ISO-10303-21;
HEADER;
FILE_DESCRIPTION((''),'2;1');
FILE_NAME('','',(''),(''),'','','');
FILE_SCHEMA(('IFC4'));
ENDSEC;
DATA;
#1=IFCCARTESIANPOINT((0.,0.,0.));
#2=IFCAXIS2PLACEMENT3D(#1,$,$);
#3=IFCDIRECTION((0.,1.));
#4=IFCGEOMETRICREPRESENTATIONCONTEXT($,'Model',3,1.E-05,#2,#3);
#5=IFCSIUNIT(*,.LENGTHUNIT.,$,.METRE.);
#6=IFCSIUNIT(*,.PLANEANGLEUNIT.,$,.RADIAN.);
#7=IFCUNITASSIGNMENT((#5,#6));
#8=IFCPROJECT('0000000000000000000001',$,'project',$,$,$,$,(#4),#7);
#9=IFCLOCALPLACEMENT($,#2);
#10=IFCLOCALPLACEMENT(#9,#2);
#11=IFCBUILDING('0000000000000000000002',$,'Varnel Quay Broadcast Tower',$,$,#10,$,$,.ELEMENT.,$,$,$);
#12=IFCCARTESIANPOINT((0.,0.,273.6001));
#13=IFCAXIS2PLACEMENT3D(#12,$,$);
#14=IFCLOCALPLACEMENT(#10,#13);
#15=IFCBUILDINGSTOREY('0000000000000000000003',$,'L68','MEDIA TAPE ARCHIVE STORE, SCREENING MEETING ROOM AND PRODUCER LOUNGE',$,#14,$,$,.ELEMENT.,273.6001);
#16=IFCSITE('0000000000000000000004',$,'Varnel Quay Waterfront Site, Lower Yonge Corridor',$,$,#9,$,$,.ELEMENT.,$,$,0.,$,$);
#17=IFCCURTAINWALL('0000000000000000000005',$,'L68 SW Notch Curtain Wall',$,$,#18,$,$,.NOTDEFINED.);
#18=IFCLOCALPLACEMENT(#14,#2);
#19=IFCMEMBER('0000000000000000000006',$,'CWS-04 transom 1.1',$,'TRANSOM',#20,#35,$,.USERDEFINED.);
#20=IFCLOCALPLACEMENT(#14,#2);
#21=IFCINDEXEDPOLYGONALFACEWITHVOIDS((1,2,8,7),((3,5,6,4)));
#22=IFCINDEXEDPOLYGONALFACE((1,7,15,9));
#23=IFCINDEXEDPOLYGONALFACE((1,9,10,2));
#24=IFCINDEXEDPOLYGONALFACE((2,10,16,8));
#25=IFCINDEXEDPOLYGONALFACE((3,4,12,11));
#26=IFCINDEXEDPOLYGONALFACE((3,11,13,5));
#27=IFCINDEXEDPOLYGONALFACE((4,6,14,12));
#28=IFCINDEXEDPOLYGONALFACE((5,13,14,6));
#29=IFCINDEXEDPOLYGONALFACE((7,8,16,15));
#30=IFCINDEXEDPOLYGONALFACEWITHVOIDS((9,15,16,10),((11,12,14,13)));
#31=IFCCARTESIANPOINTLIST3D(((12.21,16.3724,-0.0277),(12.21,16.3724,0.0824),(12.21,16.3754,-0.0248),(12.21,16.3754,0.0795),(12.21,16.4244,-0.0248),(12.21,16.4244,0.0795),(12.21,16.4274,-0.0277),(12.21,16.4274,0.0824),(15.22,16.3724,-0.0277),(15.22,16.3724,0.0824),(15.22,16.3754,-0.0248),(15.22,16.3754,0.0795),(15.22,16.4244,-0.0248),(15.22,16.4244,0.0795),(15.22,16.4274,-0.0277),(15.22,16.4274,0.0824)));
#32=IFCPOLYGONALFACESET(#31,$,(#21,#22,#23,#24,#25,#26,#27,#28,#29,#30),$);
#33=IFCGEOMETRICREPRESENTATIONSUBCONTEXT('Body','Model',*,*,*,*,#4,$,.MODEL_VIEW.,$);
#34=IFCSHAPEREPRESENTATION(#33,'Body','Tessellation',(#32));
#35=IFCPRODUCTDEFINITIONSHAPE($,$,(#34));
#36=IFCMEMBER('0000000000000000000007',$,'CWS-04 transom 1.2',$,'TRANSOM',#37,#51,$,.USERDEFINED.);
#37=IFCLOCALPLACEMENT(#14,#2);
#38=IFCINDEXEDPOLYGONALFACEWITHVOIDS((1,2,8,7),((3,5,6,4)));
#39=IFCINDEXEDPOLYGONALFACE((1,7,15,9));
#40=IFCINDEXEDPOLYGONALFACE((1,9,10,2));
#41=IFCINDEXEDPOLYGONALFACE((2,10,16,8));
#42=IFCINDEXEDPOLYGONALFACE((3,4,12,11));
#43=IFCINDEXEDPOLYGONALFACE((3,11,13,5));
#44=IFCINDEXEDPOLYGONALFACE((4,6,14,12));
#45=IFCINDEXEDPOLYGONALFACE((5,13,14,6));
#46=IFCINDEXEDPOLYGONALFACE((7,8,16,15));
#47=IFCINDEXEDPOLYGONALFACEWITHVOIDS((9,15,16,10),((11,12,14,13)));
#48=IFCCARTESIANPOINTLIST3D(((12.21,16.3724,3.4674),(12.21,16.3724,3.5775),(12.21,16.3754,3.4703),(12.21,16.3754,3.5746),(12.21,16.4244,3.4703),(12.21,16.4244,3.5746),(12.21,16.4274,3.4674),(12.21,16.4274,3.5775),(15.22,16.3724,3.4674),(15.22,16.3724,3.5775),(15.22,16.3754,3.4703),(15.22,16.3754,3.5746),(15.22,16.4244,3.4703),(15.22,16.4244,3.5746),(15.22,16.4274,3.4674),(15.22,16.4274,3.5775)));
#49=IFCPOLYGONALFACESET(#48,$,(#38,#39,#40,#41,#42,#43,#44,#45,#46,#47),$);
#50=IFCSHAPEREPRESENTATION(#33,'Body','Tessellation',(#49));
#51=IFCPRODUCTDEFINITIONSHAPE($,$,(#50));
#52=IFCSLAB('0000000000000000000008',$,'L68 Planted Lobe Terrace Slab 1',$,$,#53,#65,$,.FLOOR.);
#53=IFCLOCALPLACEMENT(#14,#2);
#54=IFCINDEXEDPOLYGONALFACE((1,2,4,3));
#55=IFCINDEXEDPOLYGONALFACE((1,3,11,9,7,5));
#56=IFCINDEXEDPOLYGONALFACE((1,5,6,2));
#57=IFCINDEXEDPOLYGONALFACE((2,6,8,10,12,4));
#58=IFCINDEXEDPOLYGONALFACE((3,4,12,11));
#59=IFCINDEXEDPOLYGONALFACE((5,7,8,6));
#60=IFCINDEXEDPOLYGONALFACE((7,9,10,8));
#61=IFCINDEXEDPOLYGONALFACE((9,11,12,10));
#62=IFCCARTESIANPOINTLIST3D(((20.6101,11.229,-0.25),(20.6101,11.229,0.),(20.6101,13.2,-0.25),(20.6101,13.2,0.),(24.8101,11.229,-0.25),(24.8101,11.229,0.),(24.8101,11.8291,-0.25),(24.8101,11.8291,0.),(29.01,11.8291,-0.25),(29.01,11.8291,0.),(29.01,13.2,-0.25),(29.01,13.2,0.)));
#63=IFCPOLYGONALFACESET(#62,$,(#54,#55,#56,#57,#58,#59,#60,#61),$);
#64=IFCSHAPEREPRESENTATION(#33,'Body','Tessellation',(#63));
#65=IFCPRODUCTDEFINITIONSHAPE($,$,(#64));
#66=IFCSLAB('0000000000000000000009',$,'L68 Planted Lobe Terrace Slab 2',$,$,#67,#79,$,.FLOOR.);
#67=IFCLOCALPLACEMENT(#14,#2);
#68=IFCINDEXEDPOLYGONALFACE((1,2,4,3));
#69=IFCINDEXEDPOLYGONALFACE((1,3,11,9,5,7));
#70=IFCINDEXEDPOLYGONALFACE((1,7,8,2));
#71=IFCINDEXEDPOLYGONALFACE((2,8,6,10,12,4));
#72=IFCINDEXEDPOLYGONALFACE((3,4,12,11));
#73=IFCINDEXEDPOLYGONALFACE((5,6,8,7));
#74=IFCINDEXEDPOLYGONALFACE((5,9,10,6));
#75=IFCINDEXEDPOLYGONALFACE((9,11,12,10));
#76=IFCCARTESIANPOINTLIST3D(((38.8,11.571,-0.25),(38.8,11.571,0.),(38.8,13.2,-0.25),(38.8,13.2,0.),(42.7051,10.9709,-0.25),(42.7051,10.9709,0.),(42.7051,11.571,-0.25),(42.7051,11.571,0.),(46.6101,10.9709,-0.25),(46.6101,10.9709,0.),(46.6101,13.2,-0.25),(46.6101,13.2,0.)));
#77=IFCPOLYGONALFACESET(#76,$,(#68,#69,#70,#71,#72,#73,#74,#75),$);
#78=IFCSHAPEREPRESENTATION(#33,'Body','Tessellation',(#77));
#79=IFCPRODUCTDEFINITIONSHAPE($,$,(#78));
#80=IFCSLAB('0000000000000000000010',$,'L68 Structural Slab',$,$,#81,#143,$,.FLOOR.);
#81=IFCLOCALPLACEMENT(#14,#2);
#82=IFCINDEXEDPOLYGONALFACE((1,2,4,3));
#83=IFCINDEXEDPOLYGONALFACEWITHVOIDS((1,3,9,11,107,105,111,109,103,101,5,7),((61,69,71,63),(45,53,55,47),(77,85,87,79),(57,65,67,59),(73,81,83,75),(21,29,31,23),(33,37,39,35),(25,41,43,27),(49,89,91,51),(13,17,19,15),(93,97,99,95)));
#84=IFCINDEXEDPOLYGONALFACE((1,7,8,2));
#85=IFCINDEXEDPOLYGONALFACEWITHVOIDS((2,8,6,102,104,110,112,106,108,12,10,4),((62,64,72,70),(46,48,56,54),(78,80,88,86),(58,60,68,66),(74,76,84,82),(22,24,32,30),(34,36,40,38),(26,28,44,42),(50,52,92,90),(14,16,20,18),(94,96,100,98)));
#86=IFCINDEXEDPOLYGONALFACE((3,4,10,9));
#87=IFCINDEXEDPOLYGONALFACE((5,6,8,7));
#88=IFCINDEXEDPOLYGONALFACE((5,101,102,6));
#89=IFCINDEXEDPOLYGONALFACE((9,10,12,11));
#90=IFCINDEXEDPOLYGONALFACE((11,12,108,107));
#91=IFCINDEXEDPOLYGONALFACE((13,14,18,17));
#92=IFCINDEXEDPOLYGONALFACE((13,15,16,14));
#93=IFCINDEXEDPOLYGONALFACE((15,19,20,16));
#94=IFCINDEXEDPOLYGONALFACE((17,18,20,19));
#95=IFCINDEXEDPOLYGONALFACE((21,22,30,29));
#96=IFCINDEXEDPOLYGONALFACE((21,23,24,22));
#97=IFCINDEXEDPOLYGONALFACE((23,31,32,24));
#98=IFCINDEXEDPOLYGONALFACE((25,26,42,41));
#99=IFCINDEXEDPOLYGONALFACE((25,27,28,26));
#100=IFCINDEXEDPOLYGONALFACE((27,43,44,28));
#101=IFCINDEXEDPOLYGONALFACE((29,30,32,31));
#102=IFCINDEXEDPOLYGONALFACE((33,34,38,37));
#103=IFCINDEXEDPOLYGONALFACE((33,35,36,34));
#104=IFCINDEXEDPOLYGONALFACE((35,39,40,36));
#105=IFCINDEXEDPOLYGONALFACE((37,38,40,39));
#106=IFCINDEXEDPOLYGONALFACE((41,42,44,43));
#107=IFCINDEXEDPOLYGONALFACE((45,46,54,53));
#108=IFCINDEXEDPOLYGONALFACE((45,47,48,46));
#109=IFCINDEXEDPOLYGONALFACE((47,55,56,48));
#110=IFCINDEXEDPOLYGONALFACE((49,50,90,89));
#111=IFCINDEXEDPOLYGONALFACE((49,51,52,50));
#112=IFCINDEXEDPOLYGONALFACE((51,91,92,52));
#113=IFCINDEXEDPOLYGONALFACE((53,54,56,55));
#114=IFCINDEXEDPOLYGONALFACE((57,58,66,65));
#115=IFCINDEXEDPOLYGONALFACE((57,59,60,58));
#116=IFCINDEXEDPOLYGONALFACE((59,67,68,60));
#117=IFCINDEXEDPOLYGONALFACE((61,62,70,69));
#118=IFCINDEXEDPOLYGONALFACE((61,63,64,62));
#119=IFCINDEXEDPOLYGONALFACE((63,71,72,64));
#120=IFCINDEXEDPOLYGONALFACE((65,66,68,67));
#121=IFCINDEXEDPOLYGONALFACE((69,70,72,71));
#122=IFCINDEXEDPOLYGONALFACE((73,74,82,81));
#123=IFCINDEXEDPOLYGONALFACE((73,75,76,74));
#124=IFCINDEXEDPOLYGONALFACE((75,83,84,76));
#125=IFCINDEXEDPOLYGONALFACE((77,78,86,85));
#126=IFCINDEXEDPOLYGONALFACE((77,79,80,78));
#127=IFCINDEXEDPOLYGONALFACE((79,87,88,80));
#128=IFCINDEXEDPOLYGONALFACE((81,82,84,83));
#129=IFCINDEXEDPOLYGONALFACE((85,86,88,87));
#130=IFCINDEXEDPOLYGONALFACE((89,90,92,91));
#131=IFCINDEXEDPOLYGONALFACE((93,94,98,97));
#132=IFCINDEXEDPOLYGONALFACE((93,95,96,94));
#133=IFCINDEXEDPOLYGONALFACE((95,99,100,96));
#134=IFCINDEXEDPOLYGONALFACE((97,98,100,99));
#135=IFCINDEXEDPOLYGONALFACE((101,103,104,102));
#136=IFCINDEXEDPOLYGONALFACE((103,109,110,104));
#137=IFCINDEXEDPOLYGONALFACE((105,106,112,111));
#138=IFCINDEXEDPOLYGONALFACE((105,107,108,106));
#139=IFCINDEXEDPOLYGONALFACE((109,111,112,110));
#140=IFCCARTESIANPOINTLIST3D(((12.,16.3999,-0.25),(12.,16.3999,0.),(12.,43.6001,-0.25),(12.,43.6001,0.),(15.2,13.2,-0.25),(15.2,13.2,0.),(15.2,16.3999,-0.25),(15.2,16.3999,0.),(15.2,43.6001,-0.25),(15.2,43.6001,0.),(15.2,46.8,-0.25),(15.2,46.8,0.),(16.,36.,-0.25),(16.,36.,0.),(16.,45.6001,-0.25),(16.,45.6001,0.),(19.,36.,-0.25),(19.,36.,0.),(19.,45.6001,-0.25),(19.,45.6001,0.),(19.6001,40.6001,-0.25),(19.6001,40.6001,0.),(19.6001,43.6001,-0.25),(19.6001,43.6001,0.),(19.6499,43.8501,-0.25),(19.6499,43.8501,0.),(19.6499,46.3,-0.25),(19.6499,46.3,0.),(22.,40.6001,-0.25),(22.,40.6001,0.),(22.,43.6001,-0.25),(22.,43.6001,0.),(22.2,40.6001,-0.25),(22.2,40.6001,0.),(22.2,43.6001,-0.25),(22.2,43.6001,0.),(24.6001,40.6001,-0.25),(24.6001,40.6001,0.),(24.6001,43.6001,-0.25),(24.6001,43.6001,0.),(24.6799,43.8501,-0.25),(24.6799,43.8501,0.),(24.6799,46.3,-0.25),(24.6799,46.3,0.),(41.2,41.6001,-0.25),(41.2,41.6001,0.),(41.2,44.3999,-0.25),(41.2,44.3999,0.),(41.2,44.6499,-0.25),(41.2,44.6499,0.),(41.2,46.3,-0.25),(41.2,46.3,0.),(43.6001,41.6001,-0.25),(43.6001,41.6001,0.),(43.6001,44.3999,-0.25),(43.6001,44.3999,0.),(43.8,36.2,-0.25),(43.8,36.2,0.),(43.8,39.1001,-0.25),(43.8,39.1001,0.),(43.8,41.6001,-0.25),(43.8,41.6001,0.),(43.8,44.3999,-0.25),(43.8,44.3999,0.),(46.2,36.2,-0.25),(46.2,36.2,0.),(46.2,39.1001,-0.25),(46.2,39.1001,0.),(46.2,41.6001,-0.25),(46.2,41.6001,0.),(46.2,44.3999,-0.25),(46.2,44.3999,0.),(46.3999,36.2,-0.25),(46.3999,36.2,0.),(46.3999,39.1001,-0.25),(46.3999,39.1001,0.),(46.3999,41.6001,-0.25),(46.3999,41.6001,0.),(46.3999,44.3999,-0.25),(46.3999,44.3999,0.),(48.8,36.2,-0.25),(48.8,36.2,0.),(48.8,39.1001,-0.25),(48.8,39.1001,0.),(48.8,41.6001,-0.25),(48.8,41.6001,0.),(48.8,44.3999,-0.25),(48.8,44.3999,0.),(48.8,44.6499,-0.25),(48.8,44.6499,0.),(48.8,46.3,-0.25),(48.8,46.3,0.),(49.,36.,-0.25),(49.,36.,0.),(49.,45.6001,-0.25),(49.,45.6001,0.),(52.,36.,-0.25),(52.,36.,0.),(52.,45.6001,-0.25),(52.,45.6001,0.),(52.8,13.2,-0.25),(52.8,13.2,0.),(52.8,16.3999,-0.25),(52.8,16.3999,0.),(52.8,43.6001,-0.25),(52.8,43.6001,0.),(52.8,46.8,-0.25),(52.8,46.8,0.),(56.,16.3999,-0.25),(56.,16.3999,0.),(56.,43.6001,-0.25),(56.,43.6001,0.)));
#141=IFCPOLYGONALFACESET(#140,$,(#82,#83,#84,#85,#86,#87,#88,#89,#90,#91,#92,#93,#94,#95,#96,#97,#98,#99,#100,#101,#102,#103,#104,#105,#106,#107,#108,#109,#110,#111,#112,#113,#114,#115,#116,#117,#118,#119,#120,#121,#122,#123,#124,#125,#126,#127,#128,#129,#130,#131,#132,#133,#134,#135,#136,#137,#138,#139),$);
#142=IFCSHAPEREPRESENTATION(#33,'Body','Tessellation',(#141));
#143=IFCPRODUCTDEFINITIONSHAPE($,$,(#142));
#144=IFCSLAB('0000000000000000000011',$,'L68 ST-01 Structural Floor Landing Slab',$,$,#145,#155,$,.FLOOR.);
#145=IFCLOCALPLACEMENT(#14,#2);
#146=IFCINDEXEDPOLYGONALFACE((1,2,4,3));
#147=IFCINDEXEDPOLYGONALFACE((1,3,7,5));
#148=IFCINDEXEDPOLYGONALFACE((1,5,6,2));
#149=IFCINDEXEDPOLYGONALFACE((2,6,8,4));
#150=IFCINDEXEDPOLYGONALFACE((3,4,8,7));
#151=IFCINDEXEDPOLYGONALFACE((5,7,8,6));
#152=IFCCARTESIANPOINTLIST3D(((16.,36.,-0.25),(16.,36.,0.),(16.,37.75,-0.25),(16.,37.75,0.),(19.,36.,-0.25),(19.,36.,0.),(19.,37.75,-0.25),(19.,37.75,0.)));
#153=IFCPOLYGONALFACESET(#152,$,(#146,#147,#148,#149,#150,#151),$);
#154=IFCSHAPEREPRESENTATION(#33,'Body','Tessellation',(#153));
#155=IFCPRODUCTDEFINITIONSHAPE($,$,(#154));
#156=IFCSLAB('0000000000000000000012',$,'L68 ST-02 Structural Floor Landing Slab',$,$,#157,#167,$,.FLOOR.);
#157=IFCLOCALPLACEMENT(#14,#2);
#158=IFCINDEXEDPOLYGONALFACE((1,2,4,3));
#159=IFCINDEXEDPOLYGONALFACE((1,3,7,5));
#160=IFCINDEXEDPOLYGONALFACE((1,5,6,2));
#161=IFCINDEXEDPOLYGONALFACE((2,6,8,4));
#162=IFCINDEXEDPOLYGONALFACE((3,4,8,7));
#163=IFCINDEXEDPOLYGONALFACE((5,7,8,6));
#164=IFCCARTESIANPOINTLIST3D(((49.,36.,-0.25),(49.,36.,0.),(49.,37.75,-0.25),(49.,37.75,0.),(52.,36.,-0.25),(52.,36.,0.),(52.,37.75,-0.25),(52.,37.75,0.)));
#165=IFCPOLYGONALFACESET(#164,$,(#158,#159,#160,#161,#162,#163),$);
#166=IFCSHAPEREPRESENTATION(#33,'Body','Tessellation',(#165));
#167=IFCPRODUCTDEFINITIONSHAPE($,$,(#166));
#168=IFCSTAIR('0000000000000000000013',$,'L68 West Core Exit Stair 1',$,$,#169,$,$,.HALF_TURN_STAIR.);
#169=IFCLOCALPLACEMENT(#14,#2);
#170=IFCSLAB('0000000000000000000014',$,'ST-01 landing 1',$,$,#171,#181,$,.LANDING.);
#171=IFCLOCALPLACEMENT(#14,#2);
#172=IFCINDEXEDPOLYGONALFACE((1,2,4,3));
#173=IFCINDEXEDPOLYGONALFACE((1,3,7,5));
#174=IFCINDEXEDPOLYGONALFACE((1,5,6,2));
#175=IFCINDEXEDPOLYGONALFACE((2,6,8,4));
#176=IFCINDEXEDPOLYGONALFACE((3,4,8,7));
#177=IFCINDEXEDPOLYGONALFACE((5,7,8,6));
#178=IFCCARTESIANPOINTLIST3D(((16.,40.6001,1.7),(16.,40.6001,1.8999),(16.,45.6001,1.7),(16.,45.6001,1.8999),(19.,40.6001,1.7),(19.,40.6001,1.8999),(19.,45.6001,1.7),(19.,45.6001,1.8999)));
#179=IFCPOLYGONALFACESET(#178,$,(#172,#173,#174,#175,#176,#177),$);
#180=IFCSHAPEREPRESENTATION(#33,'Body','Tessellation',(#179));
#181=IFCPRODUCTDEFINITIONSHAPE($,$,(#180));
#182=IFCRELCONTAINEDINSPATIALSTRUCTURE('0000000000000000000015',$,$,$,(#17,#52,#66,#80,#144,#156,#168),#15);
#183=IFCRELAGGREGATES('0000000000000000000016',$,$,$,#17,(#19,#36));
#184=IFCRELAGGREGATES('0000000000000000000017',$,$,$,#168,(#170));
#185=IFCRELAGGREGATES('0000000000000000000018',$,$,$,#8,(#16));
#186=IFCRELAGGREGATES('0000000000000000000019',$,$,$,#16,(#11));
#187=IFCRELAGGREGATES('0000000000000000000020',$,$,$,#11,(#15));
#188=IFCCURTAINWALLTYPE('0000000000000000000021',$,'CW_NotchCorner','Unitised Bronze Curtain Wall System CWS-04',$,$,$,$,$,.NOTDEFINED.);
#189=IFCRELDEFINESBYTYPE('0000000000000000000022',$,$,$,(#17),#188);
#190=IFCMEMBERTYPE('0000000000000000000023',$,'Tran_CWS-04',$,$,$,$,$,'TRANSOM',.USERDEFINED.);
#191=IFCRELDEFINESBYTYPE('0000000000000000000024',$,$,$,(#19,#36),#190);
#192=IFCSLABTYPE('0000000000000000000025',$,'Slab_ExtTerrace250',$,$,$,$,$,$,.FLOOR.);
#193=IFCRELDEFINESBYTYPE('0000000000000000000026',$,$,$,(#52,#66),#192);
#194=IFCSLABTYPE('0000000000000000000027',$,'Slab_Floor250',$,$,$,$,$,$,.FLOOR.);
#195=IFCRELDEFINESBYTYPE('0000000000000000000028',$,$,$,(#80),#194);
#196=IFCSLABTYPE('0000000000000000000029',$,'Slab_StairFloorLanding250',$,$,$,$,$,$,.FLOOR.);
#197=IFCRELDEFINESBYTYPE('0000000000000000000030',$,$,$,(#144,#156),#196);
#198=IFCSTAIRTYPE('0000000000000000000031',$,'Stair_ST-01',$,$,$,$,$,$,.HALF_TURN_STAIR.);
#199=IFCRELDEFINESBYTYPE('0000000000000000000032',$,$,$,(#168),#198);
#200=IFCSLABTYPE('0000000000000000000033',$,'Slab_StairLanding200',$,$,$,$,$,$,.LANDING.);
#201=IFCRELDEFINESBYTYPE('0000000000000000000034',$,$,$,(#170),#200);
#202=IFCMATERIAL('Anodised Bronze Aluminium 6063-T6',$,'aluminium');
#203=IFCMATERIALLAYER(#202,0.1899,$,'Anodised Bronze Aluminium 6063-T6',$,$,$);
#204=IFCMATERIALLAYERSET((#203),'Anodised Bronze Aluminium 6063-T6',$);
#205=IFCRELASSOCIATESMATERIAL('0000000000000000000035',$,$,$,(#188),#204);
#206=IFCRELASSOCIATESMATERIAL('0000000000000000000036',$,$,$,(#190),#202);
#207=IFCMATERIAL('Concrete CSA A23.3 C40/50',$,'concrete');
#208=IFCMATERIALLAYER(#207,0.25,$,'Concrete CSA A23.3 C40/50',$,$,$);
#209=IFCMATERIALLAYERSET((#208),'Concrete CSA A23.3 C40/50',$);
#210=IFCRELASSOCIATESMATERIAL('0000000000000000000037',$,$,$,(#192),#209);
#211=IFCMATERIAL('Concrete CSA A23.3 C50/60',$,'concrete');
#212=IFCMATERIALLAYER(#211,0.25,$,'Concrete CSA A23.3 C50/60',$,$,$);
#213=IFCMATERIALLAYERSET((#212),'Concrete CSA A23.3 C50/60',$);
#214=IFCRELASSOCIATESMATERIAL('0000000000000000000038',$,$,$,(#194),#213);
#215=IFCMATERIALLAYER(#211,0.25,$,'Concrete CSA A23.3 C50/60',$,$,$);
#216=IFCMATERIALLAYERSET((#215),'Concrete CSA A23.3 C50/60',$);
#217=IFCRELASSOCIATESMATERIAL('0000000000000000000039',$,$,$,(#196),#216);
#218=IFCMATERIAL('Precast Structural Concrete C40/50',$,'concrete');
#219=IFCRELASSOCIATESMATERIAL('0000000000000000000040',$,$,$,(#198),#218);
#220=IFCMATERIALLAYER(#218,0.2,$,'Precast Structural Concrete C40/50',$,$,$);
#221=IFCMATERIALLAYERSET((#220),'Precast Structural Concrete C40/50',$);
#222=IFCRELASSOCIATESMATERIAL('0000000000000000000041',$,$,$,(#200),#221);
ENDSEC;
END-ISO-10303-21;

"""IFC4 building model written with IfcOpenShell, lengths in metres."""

from ifc_helpers import new_model, si_unit, direction, frame, origin, origin_2d, place, context, subcontext, project, spatial, polyline, hollow_rectangle, outline, extrude, source, transform, mapped, material, layer, layer_set, material_profile, profile_set, type_object, type_shapes, element, aggregate, save


model = new_model("IFC4")

# Units and contexts
model_context = context("Model", 3, precision=1e-05, world=origin(), true_north=direction((0.0, 1.0)))
body_context = subcontext(model_context, "Body", "Model", "MODEL_VIEW")
ifc_project = project(units=[si_unit("LENGTHUNIT", "METRE"), si_unit("PLANEANGLEUNIT", "RADIAN")], contexts=[model_context])

# Site, building, storey
site_placement = place(None, origin())
site = spatial("IfcSite", under=ifc_project, at=site_placement, Name="Varnel Quay Waterfront Site, Lower Yonge Corridor", CompositionType="ELEMENT", RefElevation=0.0)
building_placement = place(site_placement, origin())
building = spatial("IfcBuilding", under=site, at=building_placement, Name="Varnel Quay Broadcast Tower", CompositionType="ELEMENT")
storey_placement = place(building_placement, frame((0.0, 0.0, 273.6001)))
storey = spatial("IfcBuildingStorey", under=building, at=storey_placement, Name="L68", Description="MEDIA TAPE ARCHIVE STORE, SCREENING MEETING ROOM AND PRODUCER LOUNGE", CompositionType="ELEMENT", Elevation=273.6001)

# Curtain wall
ifc_material_1 = material(Name="Anodised Bronze Aluminium 6063-T6", Category="aluminium")
ifc_layer_1 = layer(ifc_material_1, 0.1899, Name="Anodised Bronze Aluminium 6063-T6")
ifc_layer_set_1 = layer_set([ifc_layer_1], Name="Anodised Bronze Aluminium 6063-T6")
curtain_wall_type_1 = type_object("IfcCurtainWallType", Name="CW_NotchCorner", Description="Unitised Bronze Curtain Wall System CWS-04", PredefinedType="NOTDEFINED", material=ifc_layer_set_1)
curtain_wall_1_placement = place(storey_placement, origin())
curtain_wall_1 = element("IfcCurtainWall", 1, at=curtain_wall_1_placement, inside=storey, type_object=curtain_wall_type_1, Name="L68 SW Notch Curtain Wall", PredefinedType="NOTDEFINED")

# Members
ifc_material_profile_1 = material_profile(ifc_material_1, hollow_rectangle(XDim=0.0549, YDim=0.1101, WallThickness=0.0029, at=origin_2d()), Name="ALU55X110X3")
ifc_profile_set_1 = profile_set([ifc_material_profile_1], Name="Anodised Bronze Aluminium 6063-T6")
member_type_1 = type_object("IfcMemberType", Name="Tran_CWS-04", ElementType="TRANSOM", PredefinedType="USERDEFINED", material=ifc_profile_set_1)
shared_shape_1 = source(origin(), body_context, "Body", "SweptSolid", [
    extrude(hollow_rectangle(XDim=0.0549, YDim=0.1101, WallThickness=0.0029, at=origin_2d()), origin(), (0.0, 0.0, 1.0), 3.01),
])
type_shapes(member_type_1, [shared_shape_1])
member_1_placement = place(storey_placement, frame((12.21, 16.3999, 0.0273), z_axis=(1.0, 0.0, 0.0), x_axis=(0.0, 1.0, 0.0)))
member_1 = element("IfcMember", 2, at=member_1_placement, type_object=member_type_1, Name="CWS-04 transom 1.1", ObjectType="TRANSOM", PredefinedType="USERDEFINED", context=body_context, shape_type="MappedRepresentation", body=[
    mapped(shared_shape_1, transform((0.0, 0.0, 0.0), x_axis=(1.0, 0.0, 0.0), y_axis=(0.0, 1.0, 0.0), z_axis=(0.0, 0.0, 1.0), scale=1.0)),
])
member_2_placement = place(storey_placement, frame((12.21, 16.3999, 3.5225), z_axis=(1.0, 0.0, 0.0), x_axis=(0.0, 1.0, 0.0)))
member_2 = element("IfcMember", 3, at=member_2_placement, type_object=member_type_1, Name="CWS-04 transom 1.2", ObjectType="TRANSOM", PredefinedType="USERDEFINED", context=body_context, shape_type="MappedRepresentation", body=[
    mapped(shared_shape_1, transform((0.0, 0.0, 0.0), x_axis=(1.0, 0.0, 0.0), y_axis=(0.0, 1.0, 0.0), z_axis=(0.0, 0.0, 1.0), scale=1.0)),
])
aggregate(curtain_wall_1, [member_1, member_2])

# Slabs
ifc_material_2 = material(Name="Concrete CSA A23.3 C40/50", Category="concrete")
ifc_layer_2 = layer(ifc_material_2, 0.25, Name="Concrete CSA A23.3 C40/50")
ifc_layer_set_2 = layer_set([ifc_layer_2], Name="Concrete CSA A23.3 C40/50")
slab_type_1 = type_object("IfcSlabType", Name="Slab_ExtTerrace250", PredefinedType="FLOOR", material=ifc_layer_set_2)
slab_1_placement = place(storey_placement, frame((0.0, 0.0, -0.25)))
element("IfcSlab", 4, at=slab_1_placement, inside=storey, type_object=slab_type_1, Name="L68 Planted Lobe Terrace Slab 1", PredefinedType="FLOOR", context=body_context, shape_type="SweptSolid", body=[
    extrude(outline(polyline([(20.6101, 11.229), (24.8101, 11.229), (24.8101, 11.8291), (29.01, 11.8291), (29.01, 13.2), (20.6101, 13.2), (20.6101, 11.229)])), origin(), (0.0, 0.0, 1.0), 0.25),
])
slab_2_placement = place(storey_placement, frame((0.0, 0.0, -0.25)))
element("IfcSlab", 5, at=slab_2_placement, inside=storey, type_object=slab_type_1, Name="L68 Planted Lobe Terrace Slab 2", PredefinedType="FLOOR", context=body_context, shape_type="SweptSolid", body=[
    extrude(outline(polyline([(38.8, 11.571), (42.7051, 11.571), (42.7051, 10.9709), (46.6101, 10.9709), (46.6101, 13.2), (38.8, 13.2), (38.8, 11.571)])), origin(), (0.0, 0.0, 1.0), 0.25),
])
ifc_material_3 = material(Name="Concrete CSA A23.3 C50/60", Category="concrete")
ifc_layer_3 = layer(ifc_material_3, 0.25, Name="Concrete CSA A23.3 C50/60")
ifc_layer_set_3 = layer_set([ifc_layer_3], Name="Concrete CSA A23.3 C50/60")
slab_type_2 = type_object("IfcSlabType", Name="Slab_Floor250", PredefinedType="FLOOR", material=ifc_layer_set_3)
slab_3_placement = place(storey_placement, frame((0.0, 0.0, -0.25)))
element("IfcSlab", 6, at=slab_3_placement, inside=storey, type_object=slab_type_2, Name="L68 Structural Slab", PredefinedType="FLOOR", context=body_context, shape_type="SweptSolid", body=[
    extrude(outline(polyline([(15.2, 13.2), (52.8, 13.2), (52.8, 16.3999), (56.0, 16.3999), (56.0, 43.6001), (52.8, 43.6001), (52.8, 46.8), (15.2, 46.8), (15.2, 43.6001), (12.0, 43.6001), (12.0, 16.3999), (15.2, 16.3999), (15.2, 13.2)]), holes=[polyline([(19.0, 36.0), (16.0, 36.0), (16.0, 45.6001), (19.0, 45.6001), (19.0, 36.0)]), polyline([(19.6001, 40.6001), (19.6001, 43.6001), (22.0, 43.6001), (22.0, 40.6001), (19.6001, 40.6001)]), polyline([(22.2, 40.6001), (22.2, 43.6001), (24.6001, 43.6001), (24.6001, 40.6001), (22.2, 40.6001)]), polyline([(41.2, 44.3999), (43.6001, 44.3999), (43.6001, 41.6001), (41.2, 41.6001), (41.2, 44.3999)]), polyline([(43.8, 44.3999), (46.2, 44.3999), (46.2, 41.6001), (43.8, 41.6001), (43.8, 44.3999)]), polyline([(19.6499, 43.8501), (19.6499, 46.3), (24.6799, 46.3), (24.6799, 43.8501), (19.6499, 43.8501)]), polyline([(43.8, 39.1001), (46.2, 39.1001), (46.2, 36.2), (43.8, 36.2), (43.8, 39.1001)]), polyline([(46.3999, 39.1001), (48.8, 39.1001), (48.8, 36.2), (46.3999, 36.2), (46.3999, 39.1001)]), polyline([(52.0, 36.0), (49.0, 36.0), (49.0, 45.6001), (52.0, 45.6001), (52.0, 36.0)]), polyline([(46.3999, 44.3999), (48.8, 44.3999), (48.8, 41.6001), (46.3999, 41.6001), (46.3999, 44.3999)]), polyline([(41.2, 46.3), (48.8, 46.3), (48.8, 44.6499), (41.2, 44.6499), (41.2, 46.3)])]), origin(), (0.0, 0.0, 1.0), 0.25),
])
ifc_layer_4 = layer(ifc_material_3, 0.25, Name="Concrete CSA A23.3 C50/60")
ifc_layer_set_4 = layer_set([ifc_layer_4], Name="Concrete CSA A23.3 C50/60")
slab_type_3 = type_object("IfcSlabType", Name="Slab_StairFloorLanding250", PredefinedType="FLOOR", material=ifc_layer_set_4)
slab_4_placement = place(storey_placement, frame((0.0, 0.0, -0.25)))
element("IfcSlab", 7, at=slab_4_placement, inside=storey, type_object=slab_type_3, Name="L68 ST-01 Structural Floor Landing Slab", PredefinedType="FLOOR", context=body_context, shape_type="SweptSolid", body=[
    extrude(outline(polyline([(19.0, 36.0), (19.0, 37.75), (16.0, 37.75), (16.0, 36.0), (19.0, 36.0)])), origin(), (0.0, 0.0, 1.0), 0.25),
])
slab_5_placement = place(storey_placement, frame((0.0, 0.0, -0.25)))
element("IfcSlab", 8, at=slab_5_placement, inside=storey, type_object=slab_type_3, Name="L68 ST-02 Structural Floor Landing Slab", PredefinedType="FLOOR", context=body_context, shape_type="SweptSolid", body=[
    extrude(outline(polyline([(52.0, 36.0), (52.0, 37.75), (49.0, 37.75), (49.0, 36.0), (52.0, 36.0)])), origin(), (0.0, 0.0, 1.0), 0.25),
])

# Stair, slab
ifc_material_4 = material(Name="Precast Structural Concrete C40/50", Category="concrete")
stair_type_1 = type_object("IfcStairType", Name="Stair_ST-01", PredefinedType="HALF_TURN_STAIR", material=ifc_material_4)
stair_1_placement = place(storey_placement, origin())
stair_1 = element("IfcStair", 9, at=stair_1_placement, inside=storey, type_object=stair_type_1, Name="L68 West Core Exit Stair 1", PredefinedType="HALF_TURN_STAIR")
ifc_layer_5 = layer(ifc_material_4, 0.2, Name="Precast Structural Concrete C40/50")
ifc_layer_set_5 = layer_set([ifc_layer_5], Name="Precast Structural Concrete C40/50")
slab_type_4 = type_object("IfcSlabType", Name="Slab_StairLanding200", PredefinedType="LANDING", material=ifc_layer_set_5)
slab_6_placement = place(storey_placement, frame((0.0, 0.0, 1.7)))
slab_6 = element("IfcSlab", 10, at=slab_6_placement, type_object=slab_type_4, Name="ST-01 landing 1", PredefinedType="LANDING", context=body_context, shape_type="SweptSolid", body=[
    extrude(outline(polyline([(19.0, 40.6001), (19.0, 45.6001), (16.0, 45.6001), (16.0, 40.6001), (19.0, 40.6001)])), origin(), (0.0, 0.0, 1.0), 0.2),
])
aggregate(stair_1, [slab_6])

save(model, "model.ifc")
